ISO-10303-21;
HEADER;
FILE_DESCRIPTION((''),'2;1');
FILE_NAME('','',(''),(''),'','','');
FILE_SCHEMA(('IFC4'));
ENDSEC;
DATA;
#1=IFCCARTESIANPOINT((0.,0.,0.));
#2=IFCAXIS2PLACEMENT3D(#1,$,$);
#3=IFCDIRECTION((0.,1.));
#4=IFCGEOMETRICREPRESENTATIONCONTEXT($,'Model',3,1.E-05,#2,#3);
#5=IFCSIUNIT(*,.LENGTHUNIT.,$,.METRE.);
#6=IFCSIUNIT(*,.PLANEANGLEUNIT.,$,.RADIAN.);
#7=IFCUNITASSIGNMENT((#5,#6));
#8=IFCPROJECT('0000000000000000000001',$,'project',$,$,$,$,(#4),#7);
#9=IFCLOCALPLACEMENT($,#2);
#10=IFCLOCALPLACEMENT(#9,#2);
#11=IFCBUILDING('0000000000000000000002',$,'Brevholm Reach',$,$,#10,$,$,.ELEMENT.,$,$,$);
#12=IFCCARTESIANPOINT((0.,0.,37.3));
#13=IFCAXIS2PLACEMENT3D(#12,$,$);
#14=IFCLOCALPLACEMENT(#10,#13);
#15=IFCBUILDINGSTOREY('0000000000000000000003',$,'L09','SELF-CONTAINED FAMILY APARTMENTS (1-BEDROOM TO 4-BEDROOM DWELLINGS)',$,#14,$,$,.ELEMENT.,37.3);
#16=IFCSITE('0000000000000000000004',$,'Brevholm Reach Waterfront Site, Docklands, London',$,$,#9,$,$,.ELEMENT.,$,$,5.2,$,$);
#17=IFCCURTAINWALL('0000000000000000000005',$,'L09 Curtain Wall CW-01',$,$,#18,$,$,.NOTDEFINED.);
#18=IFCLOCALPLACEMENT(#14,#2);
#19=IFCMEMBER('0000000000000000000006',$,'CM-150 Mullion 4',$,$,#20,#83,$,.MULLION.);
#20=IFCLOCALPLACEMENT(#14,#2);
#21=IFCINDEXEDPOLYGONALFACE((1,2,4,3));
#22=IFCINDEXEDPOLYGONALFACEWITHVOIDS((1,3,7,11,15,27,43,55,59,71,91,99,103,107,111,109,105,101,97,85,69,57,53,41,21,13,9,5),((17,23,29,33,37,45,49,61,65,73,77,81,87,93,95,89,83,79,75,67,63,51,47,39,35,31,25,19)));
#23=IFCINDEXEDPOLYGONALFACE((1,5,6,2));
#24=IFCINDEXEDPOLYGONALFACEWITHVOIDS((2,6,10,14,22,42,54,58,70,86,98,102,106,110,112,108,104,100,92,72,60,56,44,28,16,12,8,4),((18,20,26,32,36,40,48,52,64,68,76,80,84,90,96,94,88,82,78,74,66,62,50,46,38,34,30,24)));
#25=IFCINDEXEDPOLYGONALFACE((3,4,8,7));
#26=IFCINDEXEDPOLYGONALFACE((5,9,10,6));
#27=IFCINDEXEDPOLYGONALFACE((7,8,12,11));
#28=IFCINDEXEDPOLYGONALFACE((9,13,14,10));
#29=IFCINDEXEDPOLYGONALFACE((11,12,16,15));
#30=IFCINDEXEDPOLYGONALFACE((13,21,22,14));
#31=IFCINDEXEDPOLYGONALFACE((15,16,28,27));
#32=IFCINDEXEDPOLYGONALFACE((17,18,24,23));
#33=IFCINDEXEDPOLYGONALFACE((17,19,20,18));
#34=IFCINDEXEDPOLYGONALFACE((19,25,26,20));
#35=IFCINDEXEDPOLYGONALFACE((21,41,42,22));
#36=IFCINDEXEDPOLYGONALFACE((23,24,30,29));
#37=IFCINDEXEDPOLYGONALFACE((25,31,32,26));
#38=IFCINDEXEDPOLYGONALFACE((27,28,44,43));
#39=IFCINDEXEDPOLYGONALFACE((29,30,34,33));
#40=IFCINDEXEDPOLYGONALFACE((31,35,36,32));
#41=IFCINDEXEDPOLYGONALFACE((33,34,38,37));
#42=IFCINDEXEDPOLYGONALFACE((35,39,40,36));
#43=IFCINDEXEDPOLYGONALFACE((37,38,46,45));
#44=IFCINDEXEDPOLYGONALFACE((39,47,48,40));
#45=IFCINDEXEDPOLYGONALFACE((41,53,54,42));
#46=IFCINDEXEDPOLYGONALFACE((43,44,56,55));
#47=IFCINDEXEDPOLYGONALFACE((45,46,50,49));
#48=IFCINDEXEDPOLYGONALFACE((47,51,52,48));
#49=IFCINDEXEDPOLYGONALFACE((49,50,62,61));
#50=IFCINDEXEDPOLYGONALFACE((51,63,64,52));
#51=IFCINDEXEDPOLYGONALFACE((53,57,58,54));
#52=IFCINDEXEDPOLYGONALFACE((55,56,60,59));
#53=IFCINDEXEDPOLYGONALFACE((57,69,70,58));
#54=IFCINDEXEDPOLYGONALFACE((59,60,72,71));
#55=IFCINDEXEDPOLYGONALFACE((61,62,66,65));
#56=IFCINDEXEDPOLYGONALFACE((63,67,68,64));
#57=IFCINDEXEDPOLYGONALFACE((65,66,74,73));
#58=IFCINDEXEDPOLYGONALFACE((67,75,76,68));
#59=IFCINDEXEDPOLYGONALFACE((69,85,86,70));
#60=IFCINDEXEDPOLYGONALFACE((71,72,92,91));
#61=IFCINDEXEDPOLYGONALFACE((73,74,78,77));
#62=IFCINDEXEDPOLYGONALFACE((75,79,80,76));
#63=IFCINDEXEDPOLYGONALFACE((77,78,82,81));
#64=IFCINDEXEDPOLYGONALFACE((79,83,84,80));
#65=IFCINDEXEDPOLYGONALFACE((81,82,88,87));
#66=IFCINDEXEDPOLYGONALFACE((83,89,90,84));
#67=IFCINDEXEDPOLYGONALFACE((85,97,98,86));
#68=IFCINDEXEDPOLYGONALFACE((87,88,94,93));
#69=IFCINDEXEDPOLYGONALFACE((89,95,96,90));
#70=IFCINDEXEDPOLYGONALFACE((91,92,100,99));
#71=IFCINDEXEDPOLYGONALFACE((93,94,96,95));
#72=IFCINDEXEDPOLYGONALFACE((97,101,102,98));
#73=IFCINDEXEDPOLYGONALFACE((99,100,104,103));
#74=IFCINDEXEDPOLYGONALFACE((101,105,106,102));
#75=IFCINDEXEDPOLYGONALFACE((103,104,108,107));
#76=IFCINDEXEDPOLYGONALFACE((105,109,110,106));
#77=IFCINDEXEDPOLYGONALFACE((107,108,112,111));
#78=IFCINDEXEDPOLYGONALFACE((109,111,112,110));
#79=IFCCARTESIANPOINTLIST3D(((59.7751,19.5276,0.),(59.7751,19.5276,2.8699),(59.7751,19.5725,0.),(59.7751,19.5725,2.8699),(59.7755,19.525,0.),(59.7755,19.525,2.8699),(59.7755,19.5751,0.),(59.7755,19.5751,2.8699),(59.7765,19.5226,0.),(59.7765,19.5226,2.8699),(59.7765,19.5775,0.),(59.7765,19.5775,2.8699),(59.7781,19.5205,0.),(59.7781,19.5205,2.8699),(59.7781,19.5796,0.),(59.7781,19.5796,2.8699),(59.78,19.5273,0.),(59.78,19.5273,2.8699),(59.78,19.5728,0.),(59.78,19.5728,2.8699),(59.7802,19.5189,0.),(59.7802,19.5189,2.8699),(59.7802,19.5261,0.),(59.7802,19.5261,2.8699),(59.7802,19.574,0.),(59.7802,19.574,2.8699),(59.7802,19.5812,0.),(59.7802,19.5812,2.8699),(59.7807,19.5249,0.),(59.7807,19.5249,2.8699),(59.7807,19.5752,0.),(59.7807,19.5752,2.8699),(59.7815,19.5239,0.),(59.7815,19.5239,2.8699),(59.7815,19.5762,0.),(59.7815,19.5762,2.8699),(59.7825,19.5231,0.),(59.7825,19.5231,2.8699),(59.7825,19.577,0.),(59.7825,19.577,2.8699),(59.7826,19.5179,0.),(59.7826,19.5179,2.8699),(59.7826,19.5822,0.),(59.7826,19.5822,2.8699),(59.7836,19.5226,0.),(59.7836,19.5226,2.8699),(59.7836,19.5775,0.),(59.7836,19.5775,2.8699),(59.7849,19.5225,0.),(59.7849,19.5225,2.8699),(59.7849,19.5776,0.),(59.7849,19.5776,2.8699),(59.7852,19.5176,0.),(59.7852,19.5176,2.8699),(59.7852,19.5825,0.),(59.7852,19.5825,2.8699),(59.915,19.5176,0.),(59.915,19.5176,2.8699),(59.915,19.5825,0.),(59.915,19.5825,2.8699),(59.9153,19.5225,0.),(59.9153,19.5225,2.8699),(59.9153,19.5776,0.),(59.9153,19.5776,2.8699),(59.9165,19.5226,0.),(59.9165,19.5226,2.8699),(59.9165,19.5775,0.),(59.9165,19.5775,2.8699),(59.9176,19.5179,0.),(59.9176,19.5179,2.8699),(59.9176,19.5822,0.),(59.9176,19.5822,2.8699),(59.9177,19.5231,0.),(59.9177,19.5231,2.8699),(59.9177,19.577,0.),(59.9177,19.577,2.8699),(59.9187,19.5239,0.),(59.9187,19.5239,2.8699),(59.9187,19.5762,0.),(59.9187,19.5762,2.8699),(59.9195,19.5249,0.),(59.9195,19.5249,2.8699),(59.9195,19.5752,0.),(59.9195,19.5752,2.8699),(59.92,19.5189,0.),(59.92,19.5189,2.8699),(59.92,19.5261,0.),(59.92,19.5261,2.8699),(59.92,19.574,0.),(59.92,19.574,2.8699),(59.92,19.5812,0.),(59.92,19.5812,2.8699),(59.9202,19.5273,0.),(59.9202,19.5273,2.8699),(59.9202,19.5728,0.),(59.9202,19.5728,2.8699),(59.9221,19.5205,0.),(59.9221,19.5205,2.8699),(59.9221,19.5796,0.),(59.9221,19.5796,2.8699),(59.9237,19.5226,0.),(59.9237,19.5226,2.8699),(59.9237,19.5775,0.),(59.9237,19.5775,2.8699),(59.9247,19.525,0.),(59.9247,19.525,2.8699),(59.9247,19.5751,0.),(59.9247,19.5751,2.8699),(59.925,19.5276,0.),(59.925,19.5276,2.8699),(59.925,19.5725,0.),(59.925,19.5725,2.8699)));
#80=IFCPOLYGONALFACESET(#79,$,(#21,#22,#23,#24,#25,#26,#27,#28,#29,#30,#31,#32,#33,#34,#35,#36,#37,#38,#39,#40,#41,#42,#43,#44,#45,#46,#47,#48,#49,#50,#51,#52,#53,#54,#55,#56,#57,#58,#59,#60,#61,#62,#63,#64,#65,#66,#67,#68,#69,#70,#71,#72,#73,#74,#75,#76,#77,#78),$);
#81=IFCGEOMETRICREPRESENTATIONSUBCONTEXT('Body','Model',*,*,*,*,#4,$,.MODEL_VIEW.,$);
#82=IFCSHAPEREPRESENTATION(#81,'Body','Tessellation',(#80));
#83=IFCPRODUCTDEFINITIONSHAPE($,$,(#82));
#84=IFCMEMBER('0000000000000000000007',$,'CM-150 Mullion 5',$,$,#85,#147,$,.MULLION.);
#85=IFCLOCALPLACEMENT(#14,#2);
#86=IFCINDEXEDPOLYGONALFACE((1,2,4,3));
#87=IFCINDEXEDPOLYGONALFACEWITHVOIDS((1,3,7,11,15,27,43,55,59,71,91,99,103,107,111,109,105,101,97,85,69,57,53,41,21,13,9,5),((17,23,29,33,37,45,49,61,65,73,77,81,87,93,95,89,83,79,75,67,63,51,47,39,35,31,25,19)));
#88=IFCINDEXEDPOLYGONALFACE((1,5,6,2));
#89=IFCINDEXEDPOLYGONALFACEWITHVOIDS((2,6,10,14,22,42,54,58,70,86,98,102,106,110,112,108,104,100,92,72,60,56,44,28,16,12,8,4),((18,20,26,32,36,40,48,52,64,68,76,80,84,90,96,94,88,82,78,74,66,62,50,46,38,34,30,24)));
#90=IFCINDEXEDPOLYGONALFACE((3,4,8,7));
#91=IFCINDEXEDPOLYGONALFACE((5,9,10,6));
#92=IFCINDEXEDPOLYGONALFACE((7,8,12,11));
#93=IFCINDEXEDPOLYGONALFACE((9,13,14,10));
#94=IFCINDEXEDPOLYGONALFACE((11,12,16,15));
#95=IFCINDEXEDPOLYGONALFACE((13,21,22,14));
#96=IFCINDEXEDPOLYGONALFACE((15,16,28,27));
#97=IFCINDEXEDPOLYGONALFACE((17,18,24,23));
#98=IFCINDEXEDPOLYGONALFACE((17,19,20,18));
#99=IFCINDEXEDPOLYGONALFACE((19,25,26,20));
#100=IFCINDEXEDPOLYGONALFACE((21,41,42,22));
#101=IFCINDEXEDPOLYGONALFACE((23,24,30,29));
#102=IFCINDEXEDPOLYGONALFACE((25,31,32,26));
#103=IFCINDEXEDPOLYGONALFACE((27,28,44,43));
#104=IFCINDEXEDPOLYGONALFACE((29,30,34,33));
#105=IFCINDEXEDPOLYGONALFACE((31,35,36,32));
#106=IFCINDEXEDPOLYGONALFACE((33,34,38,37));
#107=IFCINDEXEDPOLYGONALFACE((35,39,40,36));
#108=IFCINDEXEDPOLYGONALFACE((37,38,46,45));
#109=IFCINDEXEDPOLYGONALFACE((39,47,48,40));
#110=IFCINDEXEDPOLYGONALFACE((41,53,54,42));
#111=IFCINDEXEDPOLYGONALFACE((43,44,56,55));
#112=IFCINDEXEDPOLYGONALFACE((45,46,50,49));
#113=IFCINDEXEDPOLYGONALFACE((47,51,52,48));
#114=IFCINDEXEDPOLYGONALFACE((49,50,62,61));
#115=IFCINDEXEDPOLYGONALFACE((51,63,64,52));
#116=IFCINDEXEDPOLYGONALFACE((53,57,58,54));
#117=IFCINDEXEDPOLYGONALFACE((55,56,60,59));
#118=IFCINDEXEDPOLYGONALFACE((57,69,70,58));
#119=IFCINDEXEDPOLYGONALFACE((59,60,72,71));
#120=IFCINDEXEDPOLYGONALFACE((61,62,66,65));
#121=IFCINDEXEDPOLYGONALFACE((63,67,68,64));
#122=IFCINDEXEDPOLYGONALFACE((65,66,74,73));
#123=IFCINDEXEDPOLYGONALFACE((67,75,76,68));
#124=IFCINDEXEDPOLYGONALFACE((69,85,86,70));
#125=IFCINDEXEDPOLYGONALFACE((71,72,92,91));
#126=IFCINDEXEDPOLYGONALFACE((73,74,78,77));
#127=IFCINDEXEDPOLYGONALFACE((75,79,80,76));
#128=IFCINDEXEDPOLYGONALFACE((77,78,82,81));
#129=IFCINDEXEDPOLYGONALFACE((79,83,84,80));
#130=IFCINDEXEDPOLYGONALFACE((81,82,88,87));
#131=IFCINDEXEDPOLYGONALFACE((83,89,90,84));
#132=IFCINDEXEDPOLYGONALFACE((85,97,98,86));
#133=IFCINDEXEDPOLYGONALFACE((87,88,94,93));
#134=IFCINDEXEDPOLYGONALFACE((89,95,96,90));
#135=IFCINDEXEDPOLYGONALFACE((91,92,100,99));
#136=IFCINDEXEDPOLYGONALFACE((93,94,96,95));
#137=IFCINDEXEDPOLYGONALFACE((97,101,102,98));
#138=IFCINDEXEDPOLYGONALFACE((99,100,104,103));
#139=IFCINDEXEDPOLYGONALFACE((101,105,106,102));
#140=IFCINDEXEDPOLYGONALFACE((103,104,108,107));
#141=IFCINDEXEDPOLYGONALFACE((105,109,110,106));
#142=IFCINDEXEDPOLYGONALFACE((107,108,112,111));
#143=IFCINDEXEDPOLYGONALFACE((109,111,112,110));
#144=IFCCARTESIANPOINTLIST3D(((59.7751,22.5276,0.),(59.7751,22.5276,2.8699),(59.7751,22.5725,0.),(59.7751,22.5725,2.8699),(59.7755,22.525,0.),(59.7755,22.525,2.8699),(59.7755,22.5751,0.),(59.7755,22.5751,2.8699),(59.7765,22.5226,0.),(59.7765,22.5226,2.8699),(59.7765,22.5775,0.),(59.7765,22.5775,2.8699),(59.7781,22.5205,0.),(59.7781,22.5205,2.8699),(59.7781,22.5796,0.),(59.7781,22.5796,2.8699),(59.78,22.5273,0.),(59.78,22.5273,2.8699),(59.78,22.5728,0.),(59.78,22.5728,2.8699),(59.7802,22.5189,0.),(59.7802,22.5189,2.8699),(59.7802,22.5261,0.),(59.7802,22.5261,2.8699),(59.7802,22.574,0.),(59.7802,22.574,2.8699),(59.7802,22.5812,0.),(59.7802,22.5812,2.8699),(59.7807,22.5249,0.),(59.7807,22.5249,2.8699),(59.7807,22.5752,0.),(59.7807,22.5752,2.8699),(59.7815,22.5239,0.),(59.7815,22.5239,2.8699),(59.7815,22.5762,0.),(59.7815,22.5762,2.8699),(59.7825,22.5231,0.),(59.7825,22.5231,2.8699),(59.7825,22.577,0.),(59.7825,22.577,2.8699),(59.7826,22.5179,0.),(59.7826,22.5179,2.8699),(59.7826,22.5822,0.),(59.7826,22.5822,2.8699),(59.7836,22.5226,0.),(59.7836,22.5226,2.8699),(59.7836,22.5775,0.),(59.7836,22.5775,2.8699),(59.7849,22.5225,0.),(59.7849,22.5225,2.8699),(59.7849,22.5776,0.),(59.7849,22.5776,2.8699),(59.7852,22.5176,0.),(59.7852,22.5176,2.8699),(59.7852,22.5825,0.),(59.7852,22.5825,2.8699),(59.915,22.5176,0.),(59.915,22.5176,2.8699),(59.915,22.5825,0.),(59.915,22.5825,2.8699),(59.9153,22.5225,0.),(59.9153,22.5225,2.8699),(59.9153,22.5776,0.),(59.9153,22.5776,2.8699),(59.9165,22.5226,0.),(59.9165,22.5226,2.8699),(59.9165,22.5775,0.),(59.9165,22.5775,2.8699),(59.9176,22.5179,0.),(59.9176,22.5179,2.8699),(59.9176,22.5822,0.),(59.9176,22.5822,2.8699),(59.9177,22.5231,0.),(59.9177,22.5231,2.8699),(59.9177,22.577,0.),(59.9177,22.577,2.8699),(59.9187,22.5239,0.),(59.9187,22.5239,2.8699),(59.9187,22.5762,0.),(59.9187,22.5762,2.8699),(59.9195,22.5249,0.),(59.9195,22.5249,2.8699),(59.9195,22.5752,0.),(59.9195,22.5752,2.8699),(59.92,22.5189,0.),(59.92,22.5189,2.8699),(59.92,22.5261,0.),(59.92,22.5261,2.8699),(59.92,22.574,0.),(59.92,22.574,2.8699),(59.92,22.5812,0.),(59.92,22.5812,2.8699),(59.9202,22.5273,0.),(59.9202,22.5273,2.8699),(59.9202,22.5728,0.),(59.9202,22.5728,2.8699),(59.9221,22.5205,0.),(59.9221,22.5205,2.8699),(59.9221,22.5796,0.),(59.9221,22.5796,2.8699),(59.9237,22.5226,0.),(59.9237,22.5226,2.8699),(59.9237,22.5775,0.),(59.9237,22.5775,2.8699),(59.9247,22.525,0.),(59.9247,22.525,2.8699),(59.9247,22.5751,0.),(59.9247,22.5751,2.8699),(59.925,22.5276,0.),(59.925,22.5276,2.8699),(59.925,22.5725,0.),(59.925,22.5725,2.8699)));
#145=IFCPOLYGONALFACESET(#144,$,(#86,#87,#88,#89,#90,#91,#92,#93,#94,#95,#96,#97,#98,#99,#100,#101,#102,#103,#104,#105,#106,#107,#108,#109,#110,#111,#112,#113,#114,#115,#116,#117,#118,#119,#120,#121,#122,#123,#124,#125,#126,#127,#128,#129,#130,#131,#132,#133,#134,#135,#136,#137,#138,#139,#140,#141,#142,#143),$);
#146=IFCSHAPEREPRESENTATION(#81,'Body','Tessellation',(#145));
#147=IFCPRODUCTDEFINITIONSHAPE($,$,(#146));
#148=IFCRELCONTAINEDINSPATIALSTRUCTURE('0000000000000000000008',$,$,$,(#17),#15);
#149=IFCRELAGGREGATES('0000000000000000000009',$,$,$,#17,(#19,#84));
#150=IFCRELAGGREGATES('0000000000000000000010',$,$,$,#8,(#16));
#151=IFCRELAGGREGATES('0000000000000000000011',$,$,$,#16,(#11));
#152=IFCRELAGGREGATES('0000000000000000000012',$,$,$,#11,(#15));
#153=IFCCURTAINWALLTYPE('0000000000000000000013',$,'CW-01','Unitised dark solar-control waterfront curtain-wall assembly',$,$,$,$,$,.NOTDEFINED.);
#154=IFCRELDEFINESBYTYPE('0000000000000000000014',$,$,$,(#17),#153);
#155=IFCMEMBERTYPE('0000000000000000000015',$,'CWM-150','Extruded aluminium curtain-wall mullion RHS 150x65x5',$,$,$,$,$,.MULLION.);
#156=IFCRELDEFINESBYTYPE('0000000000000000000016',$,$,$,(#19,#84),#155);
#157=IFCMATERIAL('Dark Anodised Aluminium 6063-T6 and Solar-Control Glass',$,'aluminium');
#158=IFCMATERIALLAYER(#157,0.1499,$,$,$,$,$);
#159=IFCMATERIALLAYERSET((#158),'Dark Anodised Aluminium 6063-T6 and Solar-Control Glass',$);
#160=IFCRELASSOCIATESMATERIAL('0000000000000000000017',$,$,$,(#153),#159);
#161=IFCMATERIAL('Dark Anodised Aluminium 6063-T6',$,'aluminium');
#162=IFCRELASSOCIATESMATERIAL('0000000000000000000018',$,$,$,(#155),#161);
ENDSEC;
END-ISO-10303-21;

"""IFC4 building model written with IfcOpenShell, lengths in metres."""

from ifc_helpers import new_model, si_unit, direction, frame, origin, origin_2d, place, context, subcontext, project, spatial, hollow_rectangle, extrude, material, layer, layer_set, material_profile, profile_set, type_object, element, aggregate, save


model = new_model("IFC4")

# Units and contexts
model_context = context("Model", 3, precision=1e-05, world=origin(), true_north=direction((0.0, 1.0)))
body_context = subcontext(model_context, "Body", "Model", "MODEL_VIEW")
ifc_project = project(units=[si_unit("LENGTHUNIT", "METRE"), si_unit("PLANEANGLEUNIT", "RADIAN")], contexts=[model_context])

# Site, building, storey
site_placement = place(None, origin())
site = spatial("IfcSite", under=ifc_project, at=site_placement, Name="Brevholm Reach Waterfront Site, Docklands, London", CompositionType="ELEMENT", RefElevation=5.2)
building_placement = place(site_placement, origin())
building = spatial("IfcBuilding", under=site, at=building_placement, Name="Brevholm Reach", CompositionType="ELEMENT")
storey_placement = place(building_placement, frame((0.0, 0.0, 37.3)))
storey = spatial("IfcBuildingStorey", under=building, at=storey_placement, Name="L09", Description="SELF-CONTAINED FAMILY APARTMENTS (1-BEDROOM TO 4-BEDROOM DWELLINGS)", CompositionType="ELEMENT", Elevation=37.3)

# Curtain wall, members
ifc_material_1 = material(Name="Dark Anodised Aluminium 6063-T6 and Solar-Control Glass", Category="aluminium")
ifc_layer_1 = layer(ifc_material_1, 0.1499)
ifc_layer_set_1 = layer_set([ifc_layer_1], Name="Dark Anodised Aluminium 6063-T6 and Solar-Control Glass")
curtain_wall_type = type_object("IfcCurtainWallType", Name="CW-01", Description="Unitised dark solar-control waterfront curtain-wall assembly", PredefinedType="NOTDEFINED", material=ifc_layer_set_1)
curtain_wall_placement = place(storey_placement, origin())
curtain_wall = element("IfcCurtainWall", 1, at=curtain_wall_placement, inside=storey, type_object=curtain_wall_type, Name="L09 Curtain Wall CW-01", PredefinedType="NOTDEFINED")
ifc_material_2 = material(Name="Dark Anodised Aluminium 6063-T6", Category="aluminium")
ifc_material_profile_1 = material_profile(ifc_material_2, hollow_rectangle(XDim=0.0649, YDim=0.1499, WallThickness=0.0049, InnerFilletRadius=0.0049, OuterFilletRadius=0.01, at=origin_2d()), Name="RHS 150x65x5")
ifc_profile_set_1 = profile_set([ifc_material_profile_1], Name="Dark Anodised Aluminium 6063-T6")
member_type_1 = type_object("IfcMemberType", Name="CWM-150", Description="Extruded aluminium curtain-wall mullion RHS 150x65x5", PredefinedType="MULLION", material=ifc_profile_set_1)
member_1_placement = place(storey_placement, frame((59.8501, 19.55, 0.0), z_axis=(0.0, 0.0, 1.0), x_axis=(0.0, 1.0, 0.0)))
member_1 = element("IfcMember", 2, at=member_1_placement, type_object=member_type_1, Name="CM-150 Mullion 4", PredefinedType="MULLION", context=body_context, shape_type="SweptSolid", body=[
    extrude(hollow_rectangle(XDim=0.0649, YDim=0.1499, WallThickness=0.0049, InnerFilletRadius=0.0049, OuterFilletRadius=0.01, at=origin_2d()), origin(), (0.0, 0.0, 1.0), 2.8699),
])
member_2_placement = place(storey_placement, frame((59.8501, 22.55, 0.0), z_axis=(0.0, 0.0, 1.0), x_axis=(0.0, 1.0, 0.0)))
member_2 = element("IfcMember", 3, at=member_2_placement, type_object=member_type_1, Name="CM-150 Mullion 5", PredefinedType="MULLION", context=body_context, shape_type="SweptSolid", body=[
    extrude(hollow_rectangle(XDim=0.0649, YDim=0.1499, WallThickness=0.0049, InnerFilletRadius=0.0049, OuterFilletRadius=0.01, at=origin_2d()), origin(), (0.0, 0.0, 1.0), 2.8699),
])
aggregate(curtain_wall, [member_1, member_2])

save(model, "model.ifc")
